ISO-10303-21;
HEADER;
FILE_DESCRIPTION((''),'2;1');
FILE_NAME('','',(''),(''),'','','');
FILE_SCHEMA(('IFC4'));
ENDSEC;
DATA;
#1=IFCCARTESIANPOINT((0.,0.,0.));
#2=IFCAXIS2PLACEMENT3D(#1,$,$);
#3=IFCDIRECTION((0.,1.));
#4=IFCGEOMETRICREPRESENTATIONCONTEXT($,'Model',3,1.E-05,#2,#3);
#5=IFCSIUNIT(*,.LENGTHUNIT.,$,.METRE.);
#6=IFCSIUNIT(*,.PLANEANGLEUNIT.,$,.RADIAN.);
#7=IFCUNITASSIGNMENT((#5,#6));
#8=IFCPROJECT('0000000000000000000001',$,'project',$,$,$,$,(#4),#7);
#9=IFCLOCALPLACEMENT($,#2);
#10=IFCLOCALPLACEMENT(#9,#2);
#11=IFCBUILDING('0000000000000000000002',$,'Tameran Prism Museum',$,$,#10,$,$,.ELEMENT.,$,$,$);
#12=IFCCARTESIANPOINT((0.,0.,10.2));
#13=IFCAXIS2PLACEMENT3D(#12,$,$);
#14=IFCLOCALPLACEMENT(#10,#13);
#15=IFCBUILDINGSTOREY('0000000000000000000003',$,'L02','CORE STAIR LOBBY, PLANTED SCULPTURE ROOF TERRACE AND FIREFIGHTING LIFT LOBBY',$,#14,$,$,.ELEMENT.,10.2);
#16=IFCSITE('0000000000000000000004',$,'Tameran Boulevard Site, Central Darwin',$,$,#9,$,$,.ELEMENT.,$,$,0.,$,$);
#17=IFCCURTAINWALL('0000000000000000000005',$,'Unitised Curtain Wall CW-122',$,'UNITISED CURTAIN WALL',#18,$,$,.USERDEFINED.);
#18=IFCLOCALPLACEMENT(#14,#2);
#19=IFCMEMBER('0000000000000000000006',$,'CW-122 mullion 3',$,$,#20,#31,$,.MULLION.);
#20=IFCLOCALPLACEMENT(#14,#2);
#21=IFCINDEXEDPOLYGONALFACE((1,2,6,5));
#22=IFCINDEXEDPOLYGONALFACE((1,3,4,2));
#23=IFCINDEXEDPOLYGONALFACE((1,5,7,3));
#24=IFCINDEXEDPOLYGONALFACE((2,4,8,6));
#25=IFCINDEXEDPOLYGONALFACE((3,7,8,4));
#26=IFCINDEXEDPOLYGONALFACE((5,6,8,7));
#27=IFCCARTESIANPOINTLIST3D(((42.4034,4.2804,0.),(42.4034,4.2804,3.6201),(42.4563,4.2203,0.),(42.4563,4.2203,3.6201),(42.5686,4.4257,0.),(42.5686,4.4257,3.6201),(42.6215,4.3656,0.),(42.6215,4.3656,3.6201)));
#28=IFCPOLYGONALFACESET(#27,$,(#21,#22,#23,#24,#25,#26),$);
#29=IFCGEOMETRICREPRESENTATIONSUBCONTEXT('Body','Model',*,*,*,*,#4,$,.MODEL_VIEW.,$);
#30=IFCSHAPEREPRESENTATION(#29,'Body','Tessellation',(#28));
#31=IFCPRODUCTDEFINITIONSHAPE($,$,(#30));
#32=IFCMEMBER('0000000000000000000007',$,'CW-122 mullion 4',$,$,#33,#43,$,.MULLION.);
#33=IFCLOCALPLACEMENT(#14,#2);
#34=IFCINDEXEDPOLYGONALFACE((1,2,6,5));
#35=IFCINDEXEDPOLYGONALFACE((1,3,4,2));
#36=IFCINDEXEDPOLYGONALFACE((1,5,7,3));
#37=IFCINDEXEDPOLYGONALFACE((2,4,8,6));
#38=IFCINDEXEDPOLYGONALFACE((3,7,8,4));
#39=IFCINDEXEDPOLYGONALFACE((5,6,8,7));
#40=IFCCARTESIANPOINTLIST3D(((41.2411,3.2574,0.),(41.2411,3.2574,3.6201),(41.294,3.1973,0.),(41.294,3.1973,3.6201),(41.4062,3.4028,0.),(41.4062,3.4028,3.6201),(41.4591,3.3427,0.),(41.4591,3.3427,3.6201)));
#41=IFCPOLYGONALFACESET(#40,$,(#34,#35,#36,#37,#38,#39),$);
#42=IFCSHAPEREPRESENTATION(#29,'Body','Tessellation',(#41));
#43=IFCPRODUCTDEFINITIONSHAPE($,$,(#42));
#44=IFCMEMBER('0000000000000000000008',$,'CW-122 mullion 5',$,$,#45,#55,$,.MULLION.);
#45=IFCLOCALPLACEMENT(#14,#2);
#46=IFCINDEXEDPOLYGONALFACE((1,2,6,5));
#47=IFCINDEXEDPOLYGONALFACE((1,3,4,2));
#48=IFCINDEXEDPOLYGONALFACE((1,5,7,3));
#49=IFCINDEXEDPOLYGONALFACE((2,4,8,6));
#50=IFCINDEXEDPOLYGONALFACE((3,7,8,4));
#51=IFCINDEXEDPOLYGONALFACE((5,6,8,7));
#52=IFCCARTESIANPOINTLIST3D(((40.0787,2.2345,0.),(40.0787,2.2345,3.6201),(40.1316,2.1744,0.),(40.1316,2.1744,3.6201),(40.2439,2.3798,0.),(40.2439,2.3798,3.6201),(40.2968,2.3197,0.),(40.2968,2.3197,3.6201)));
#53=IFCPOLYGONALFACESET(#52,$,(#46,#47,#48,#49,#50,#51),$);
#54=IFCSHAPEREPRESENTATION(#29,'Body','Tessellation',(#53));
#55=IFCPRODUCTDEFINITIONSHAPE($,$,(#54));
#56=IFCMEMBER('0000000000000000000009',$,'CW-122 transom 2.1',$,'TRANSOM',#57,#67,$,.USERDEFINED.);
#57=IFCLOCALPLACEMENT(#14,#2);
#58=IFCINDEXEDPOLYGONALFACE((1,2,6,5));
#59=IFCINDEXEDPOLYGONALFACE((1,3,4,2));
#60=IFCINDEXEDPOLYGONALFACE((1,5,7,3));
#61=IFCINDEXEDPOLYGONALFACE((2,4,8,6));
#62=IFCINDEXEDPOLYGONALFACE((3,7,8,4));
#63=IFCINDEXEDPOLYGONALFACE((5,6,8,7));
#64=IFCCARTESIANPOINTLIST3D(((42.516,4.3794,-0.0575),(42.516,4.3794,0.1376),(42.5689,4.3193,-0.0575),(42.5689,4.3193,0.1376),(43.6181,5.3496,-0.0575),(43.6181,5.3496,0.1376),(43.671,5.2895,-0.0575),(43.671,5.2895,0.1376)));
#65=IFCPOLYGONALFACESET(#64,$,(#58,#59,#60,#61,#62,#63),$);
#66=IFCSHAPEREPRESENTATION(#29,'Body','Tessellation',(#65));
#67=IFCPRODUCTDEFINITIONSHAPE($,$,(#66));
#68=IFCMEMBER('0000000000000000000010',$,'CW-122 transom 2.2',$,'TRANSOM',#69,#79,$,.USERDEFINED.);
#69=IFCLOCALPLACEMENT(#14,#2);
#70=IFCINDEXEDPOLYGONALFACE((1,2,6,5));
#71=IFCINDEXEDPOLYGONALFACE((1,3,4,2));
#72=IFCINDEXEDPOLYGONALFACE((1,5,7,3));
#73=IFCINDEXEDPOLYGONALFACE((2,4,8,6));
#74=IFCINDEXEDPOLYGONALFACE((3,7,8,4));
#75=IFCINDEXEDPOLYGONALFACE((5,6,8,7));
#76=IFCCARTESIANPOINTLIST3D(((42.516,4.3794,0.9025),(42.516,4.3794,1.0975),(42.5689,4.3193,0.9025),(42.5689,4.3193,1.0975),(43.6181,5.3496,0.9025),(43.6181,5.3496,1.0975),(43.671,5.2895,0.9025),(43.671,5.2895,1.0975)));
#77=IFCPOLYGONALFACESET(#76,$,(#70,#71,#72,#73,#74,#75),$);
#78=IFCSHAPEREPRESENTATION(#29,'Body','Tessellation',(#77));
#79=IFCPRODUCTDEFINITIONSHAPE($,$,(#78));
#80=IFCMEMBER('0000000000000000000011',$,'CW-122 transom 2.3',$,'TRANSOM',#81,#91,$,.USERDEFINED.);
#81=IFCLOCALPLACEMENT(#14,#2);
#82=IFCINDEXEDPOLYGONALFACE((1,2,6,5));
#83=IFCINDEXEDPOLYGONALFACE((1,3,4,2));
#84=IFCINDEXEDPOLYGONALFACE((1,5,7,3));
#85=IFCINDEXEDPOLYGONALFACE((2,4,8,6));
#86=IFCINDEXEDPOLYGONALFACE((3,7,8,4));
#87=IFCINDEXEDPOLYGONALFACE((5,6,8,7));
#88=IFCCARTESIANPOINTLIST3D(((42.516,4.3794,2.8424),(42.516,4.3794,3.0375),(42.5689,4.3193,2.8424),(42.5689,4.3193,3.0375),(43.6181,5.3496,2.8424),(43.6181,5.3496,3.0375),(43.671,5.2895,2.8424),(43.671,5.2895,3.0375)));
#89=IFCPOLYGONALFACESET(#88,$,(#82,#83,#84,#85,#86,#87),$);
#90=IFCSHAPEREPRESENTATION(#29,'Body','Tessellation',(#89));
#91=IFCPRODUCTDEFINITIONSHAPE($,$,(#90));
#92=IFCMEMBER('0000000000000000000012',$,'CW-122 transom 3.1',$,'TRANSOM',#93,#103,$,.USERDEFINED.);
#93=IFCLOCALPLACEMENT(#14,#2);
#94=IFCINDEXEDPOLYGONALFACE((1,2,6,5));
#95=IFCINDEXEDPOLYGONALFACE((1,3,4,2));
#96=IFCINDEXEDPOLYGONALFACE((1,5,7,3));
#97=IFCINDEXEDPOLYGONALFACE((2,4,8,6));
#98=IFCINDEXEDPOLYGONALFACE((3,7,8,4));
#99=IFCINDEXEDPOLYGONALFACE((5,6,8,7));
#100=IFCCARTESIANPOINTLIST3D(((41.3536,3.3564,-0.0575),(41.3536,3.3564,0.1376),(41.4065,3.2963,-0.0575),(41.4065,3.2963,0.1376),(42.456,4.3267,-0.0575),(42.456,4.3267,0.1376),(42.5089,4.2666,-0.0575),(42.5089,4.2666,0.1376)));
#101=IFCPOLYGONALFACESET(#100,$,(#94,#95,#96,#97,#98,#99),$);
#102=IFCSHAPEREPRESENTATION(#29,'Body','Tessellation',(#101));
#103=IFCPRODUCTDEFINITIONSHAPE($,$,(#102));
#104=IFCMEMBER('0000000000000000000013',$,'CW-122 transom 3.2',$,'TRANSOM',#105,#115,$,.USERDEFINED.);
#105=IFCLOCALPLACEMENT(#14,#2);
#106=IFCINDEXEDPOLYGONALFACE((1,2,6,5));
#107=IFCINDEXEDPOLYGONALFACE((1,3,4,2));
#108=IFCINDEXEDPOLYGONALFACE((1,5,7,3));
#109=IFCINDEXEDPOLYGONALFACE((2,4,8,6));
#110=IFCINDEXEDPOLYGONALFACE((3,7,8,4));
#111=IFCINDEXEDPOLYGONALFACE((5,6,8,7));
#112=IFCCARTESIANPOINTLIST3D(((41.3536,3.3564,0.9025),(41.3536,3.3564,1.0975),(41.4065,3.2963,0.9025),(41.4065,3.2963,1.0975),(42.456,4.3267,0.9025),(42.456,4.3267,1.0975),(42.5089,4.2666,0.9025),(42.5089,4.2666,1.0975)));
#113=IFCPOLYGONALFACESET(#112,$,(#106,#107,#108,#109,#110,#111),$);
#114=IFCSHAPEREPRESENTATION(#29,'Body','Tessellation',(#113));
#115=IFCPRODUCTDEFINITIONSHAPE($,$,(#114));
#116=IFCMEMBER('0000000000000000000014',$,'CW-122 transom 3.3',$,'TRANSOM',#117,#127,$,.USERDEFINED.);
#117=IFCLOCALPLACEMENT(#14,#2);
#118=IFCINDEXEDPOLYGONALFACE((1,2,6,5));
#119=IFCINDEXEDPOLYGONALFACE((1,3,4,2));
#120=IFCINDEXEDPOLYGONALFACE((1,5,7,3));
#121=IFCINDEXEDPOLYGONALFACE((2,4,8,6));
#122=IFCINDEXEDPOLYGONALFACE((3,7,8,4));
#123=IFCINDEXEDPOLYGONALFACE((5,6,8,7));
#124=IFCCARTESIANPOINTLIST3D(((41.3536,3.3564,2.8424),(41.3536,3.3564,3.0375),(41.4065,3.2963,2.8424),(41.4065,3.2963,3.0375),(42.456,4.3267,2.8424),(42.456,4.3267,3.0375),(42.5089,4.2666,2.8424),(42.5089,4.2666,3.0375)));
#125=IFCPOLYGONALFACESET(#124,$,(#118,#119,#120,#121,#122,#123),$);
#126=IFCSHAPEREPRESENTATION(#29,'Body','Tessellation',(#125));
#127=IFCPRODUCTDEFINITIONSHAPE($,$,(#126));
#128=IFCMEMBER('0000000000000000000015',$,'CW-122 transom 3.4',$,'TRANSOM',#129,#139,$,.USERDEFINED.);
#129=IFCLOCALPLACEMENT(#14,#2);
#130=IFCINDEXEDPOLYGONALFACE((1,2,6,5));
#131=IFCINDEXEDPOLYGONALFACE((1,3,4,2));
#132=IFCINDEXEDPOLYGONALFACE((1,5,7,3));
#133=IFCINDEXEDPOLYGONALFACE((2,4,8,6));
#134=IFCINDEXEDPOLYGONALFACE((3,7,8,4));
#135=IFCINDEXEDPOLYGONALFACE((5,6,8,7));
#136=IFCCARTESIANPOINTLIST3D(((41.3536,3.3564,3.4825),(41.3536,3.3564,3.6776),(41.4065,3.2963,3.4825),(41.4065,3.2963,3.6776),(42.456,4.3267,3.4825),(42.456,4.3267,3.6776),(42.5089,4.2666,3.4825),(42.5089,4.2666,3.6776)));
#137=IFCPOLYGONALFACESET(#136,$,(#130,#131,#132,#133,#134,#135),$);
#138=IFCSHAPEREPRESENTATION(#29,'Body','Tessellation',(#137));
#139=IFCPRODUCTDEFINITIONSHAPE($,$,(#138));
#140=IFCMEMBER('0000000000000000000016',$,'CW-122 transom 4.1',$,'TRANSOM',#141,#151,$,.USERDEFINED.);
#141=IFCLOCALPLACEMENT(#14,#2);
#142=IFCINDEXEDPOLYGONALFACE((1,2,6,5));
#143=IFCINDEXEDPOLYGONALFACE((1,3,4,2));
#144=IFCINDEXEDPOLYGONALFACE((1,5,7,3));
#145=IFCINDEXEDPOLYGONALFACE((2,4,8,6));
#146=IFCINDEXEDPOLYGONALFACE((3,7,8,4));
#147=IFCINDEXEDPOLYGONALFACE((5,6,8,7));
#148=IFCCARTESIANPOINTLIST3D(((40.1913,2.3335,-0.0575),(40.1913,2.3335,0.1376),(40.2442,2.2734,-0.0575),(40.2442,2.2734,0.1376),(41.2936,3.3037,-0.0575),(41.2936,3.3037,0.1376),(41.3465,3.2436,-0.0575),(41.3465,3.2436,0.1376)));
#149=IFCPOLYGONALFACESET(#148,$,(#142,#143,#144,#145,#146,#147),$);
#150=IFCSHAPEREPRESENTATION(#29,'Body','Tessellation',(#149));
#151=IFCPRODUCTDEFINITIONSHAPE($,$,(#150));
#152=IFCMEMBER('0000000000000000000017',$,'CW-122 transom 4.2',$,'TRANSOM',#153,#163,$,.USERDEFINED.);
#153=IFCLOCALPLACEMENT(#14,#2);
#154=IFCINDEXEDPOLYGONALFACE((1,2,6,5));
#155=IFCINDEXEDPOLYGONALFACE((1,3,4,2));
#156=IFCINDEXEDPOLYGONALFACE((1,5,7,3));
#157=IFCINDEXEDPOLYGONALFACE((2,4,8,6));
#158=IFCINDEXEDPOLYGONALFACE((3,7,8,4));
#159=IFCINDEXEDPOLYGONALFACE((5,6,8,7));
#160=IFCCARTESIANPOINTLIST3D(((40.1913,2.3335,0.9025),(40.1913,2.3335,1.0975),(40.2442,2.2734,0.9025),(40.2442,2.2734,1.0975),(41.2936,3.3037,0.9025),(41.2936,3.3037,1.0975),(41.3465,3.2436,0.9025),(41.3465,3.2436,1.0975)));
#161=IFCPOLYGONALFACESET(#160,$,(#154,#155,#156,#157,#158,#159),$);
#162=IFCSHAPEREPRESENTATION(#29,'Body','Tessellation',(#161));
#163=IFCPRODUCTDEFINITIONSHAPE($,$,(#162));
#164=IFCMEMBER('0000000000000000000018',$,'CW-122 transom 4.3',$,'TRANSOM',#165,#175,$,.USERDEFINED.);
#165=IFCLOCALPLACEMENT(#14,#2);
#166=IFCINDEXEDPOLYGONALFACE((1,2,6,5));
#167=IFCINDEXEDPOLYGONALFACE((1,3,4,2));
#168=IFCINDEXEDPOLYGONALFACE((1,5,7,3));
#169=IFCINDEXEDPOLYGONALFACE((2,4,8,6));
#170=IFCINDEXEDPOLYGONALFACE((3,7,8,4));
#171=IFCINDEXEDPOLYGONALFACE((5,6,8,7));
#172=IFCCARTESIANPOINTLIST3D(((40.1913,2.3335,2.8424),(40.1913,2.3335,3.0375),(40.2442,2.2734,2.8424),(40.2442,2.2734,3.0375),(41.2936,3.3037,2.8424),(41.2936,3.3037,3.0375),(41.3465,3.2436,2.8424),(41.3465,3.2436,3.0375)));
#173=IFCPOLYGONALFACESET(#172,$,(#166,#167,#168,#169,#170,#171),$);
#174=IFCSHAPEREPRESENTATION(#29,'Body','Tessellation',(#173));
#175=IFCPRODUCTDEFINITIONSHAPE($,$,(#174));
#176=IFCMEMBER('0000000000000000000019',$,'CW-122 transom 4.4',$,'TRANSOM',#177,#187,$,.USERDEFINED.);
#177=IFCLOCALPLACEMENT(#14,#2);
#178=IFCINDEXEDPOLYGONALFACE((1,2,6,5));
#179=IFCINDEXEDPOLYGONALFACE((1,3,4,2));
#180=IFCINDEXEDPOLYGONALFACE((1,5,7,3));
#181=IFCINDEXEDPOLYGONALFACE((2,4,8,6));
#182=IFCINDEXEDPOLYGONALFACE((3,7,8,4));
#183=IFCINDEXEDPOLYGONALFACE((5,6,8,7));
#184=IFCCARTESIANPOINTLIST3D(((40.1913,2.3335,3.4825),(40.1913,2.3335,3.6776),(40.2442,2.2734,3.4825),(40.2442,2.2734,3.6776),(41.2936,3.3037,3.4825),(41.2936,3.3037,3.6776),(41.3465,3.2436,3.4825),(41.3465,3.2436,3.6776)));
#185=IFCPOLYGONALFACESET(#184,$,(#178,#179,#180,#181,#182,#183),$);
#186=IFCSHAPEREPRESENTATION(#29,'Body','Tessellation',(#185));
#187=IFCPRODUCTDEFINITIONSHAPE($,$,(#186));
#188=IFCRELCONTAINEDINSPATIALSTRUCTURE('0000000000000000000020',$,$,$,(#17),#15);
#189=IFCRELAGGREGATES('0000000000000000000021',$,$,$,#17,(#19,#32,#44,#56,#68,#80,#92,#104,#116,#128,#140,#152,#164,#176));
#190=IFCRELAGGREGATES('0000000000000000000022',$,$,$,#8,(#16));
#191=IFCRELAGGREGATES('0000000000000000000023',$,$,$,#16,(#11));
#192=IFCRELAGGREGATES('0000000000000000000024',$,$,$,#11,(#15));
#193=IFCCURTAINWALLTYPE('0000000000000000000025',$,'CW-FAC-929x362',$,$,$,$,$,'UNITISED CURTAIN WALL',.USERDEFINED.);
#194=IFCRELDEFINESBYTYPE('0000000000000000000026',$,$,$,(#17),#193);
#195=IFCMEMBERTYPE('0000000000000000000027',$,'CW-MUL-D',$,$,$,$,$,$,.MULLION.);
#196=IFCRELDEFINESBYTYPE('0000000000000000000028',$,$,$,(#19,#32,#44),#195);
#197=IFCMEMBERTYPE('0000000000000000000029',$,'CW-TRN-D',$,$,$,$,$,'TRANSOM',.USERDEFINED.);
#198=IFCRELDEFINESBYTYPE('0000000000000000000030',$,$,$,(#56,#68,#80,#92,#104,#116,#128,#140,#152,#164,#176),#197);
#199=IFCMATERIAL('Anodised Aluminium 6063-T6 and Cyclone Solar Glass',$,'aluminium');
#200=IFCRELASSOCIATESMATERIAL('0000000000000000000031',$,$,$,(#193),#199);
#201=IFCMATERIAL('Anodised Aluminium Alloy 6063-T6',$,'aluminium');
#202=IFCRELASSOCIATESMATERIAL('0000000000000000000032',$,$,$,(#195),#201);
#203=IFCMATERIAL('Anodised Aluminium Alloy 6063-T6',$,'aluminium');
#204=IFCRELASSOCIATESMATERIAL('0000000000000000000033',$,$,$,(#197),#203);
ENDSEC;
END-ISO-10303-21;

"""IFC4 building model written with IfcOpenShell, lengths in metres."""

from ifc_helpers import new_model, si_unit, direction, frame, origin, origin_2d, place, context, subcontext, project, spatial, rectangle, extrude, material, material_profile, profile_set, type_object, element, aggregate, save


model = new_model("IFC4")

# Units and contexts
model_context = context("Model", 3, precision=1e-05, world=origin(), true_north=direction((0.0, 1.0)))
body_context = subcontext(model_context, "Body", "Model", "MODEL_VIEW")
ifc_project = project(units=[si_unit("LENGTHUNIT", "METRE"), si_unit("PLANEANGLEUNIT", "RADIAN")], contexts=[model_context])

# Site, building, storey
site_placement = place(None, origin())
site = spatial("IfcSite", under=ifc_project, at=site_placement, Name="Tameran Boulevard Site, Central Darwin", CompositionType="ELEMENT", RefElevation=0.0)
building_placement = place(site_placement, origin())
building = spatial("IfcBuilding", under=site, at=building_placement, Name="Tameran Prism Museum", CompositionType="ELEMENT")
storey_placement = place(building_placement, frame((0.0, 0.0, 10.2)))
storey = spatial("IfcBuildingStorey", under=building, at=storey_placement, Name="L02", Description="CORE STAIR LOBBY, PLANTED SCULPTURE ROOF TERRACE AND FIREFIGHTING LIFT LOBBY", CompositionType="ELEMENT", Elevation=10.2)

# Curtain wall, members
ifc_material_1 = material(Name="Anodised Aluminium 6063-T6 and Cyclone Solar Glass", Category="aluminium")
curtain_wall_type = type_object("IfcCurtainWallType", Name="CW-FAC-929x362", ElementType="UNITISED CURTAIN WALL", PredefinedType="USERDEFINED", material=ifc_material_1)
curtain_wall_placement = place(storey_placement, origin())
curtain_wall = element("IfcCurtainWall", 1, at=curtain_wall_placement, inside=storey, type_object=curtain_wall_type, Name="Unitised Curtain Wall CW-122", ObjectType="UNITISED CURTAIN WALL", PredefinedType="USERDEFINED")
ifc_material_2 = material(Name="Anodised Aluminium Alloy 6063-T6", Category="aluminium")
ifc_material_profile_1 = material_profile(ifc_material_2, rectangle(XDim=0.0801, YDim=0.22, at=origin_2d()))
ifc_profile_set_1 = profile_set([ifc_material_profile_1])
member_type_1 = type_object("IfcMemberType", Name="CW-MUL-D", PredefinedType="MULLION", material=ifc_profile_set_1)
member_1_placement = place(storey_placement, frame((42.5125, 4.323, 0.0), z_axis=(0.0, 0.0, 1.0), x_axis=(0.660681, -0.750667, 0.0)))
member_1 = element("IfcMember", 2, at=member_1_placement, type_object=member_type_1, Name="CW-122 mullion 3", PredefinedType="MULLION", context=body_context, shape_type="SweptSolid", body=[
    extrude(rectangle(XDim=0.0801, YDim=0.22, at=origin_2d()), origin(), (0.0, 0.0, 1.0), 3.6201),
])
member_2_placement = place(storey_placement, frame((41.3501, 3.3, 0.0), z_axis=(0.0, 0.0, 1.0), x_axis=(0.660681, -0.750667, 0.0)))
member_2 = element("IfcMember", 3, at=member_2_placement, type_object=member_type_1, Name="CW-122 mullion 4", PredefinedType="MULLION", context=body_context, shape_type="SweptSolid", body=[
    extrude(rectangle(XDim=0.0801, YDim=0.22, at=origin_2d()), origin(), (0.0, 0.0, 1.0), 3.6201),
])
member_3_placement = place(storey_placement, frame((40.1877, 2.2771, 0.0), z_axis=(0.0, 0.0, 1.0), x_axis=(0.660681, -0.750667, 0.0)))
member_3 = element("IfcMember", 4, at=member_3_placement, type_object=member_type_1, Name="CW-122 mullion 5", PredefinedType="MULLION", context=body_context, shape_type="SweptSolid", body=[
    extrude(rectangle(XDim=0.0801, YDim=0.22, at=origin_2d()), origin(), (0.0, 0.0, 1.0), 3.6201),
])
ifc_material_3 = material(Name="Anodised Aluminium Alloy 6063-T6", Category="aluminium")
ifc_material_profile_2 = material_profile(ifc_material_3, rectangle(XDim=0.0801, YDim=0.1951, at=origin_2d()))
ifc_profile_set_2 = profile_set([ifc_material_profile_2])
member_type_2 = type_object("IfcMemberType", Name="CW-TRN-D", ElementType="TRANSOM", PredefinedType="USERDEFINED", material=ifc_profile_set_2)
member_4_placement = place(storey_placement, frame((43.6445, 5.3196, 0.04), z_axis=(-0.750575, -0.660785, 0.0), x_axis=(0.660785, -0.750575, 0.0)))
member_4 = element("IfcMember", 5, at=member_4_placement, type_object=member_type_2, Name="CW-122 transom 2.1", ObjectType="TRANSOM", PredefinedType="USERDEFINED", context=body_context, shape_type="SweptSolid", body=[
    extrude(rectangle(XDim=0.0801, YDim=0.1951, at=origin_2d()), origin(), (0.0, 0.0, 1.0), 1.4683),
])
member_5_placement = place(storey_placement, frame((43.6445, 5.3196, 1.0), z_axis=(-0.750575, -0.660785, 0.0), x_axis=(0.660785, -0.750575, 0.0)))
member_5 = element("IfcMember", 6, at=member_5_placement, type_object=member_type_2, Name="CW-122 transom 2.2", ObjectType="TRANSOM", PredefinedType="USERDEFINED", context=body_context, shape_type="SweptSolid", body=[
    extrude(rectangle(XDim=0.0801, YDim=0.1951, at=origin_2d()), origin(), (0.0, 0.0, 1.0), 1.4683),
])
member_6_placement = place(storey_placement, frame((43.6445, 5.3196, 2.9399), z_axis=(-0.750575, -0.660785, 0.0), x_axis=(0.660785, -0.750575, 0.0)))
member_6 = element("IfcMember", 7, at=member_6_placement, type_object=member_type_2, Name="CW-122 transom 2.3", ObjectType="TRANSOM", PredefinedType="USERDEFINED", context=body_context, shape_type="SweptSolid", body=[
    extrude(rectangle(XDim=0.0801, YDim=0.1951, at=origin_2d()), origin(), (0.0, 0.0, 1.0), 1.4683),
])
member_7_placement = place(storey_placement, frame((42.4824, 4.2966, 0.04), z_axis=(-0.750648, -0.660703, 0.0), x_axis=(0.660703, -0.750648, 0.0)))
member_7 = element("IfcMember", 8, at=member_7_placement, type_object=member_type_2, Name="CW-122 transom 3.1", ObjectType="TRANSOM", PredefinedType="USERDEFINED", context=body_context, shape_type="SweptSolid", body=[
    extrude(rectangle(XDim=0.0801, YDim=0.1951, at=origin_2d()), origin(), (0.0, 0.0, 1.0), 1.4685),
])
member_8_placement = place(storey_placement, frame((42.4824, 4.2966, 1.0), z_axis=(-0.750648, -0.660703, 0.0), x_axis=(0.660703, -0.750648, 0.0)))
member_8 = element("IfcMember", 9, at=member_8_placement, type_object=member_type_2, Name="CW-122 transom 3.2", ObjectType="TRANSOM", PredefinedType="USERDEFINED", context=body_context, shape_type="SweptSolid", body=[
    extrude(rectangle(XDim=0.0801, YDim=0.1951, at=origin_2d()), origin(), (0.0, 0.0, 1.0), 1.4685),
])
member_9_placement = place(storey_placement, frame((42.4824, 4.2966, 2.9399), z_axis=(-0.750648, -0.660703, 0.0), x_axis=(0.660703, -0.750648, 0.0)))
member_9 = element("IfcMember", 10, at=member_9_placement, type_object=member_type_2, Name="CW-122 transom 3.3", ObjectType="TRANSOM", PredefinedType="USERDEFINED", context=body_context, shape_type="SweptSolid", body=[
    extrude(rectangle(XDim=0.0801, YDim=0.1951, at=origin_2d()), origin(), (0.0, 0.0, 1.0), 1.4685),
])
member_10_placement = place(storey_placement, frame((42.4824, 4.2966, 3.5801), z_axis=(-0.750648, -0.660703, 0.0), x_axis=(0.660703, -0.750648, 0.0)))
member_10 = element("IfcMember", 11, at=member_10_placement, type_object=member_type_2, Name="CW-122 transom 3.4", ObjectType="TRANSOM", PredefinedType="USERDEFINED", context=body_context, shape_type="SweptSolid", body=[
    extrude(rectangle(XDim=0.0801, YDim=0.1951, at=origin_2d()), origin(), (0.0, 0.0, 1.0), 1.4685),
])
member_11_placement = place(storey_placement, frame((41.3201, 3.2737, 0.04), z_axis=(-0.750648, -0.660703, 0.0), x_axis=(0.660703, -0.750648, 0.0)))
member_11 = element("IfcMember", 12, at=member_11_placement, type_object=member_type_2, Name="CW-122 transom 4.1", ObjectType="TRANSOM", PredefinedType="USERDEFINED", context=body_context, shape_type="SweptSolid", body=[
    extrude(rectangle(XDim=0.0801, YDim=0.1951, at=origin_2d()), origin(), (0.0, 0.0, 1.0), 1.4685),
])
member_12_placement = place(storey_placement, frame((41.3201, 3.2737, 1.0), z_axis=(-0.750648, -0.660703, 0.0), x_axis=(0.660703, -0.750648, 0.0)))
member_12 = element("IfcMember", 13, at=member_12_placement, type_object=member_type_2, Name="CW-122 transom 4.2", ObjectType="TRANSOM", PredefinedType="USERDEFINED", context=body_context, shape_type="SweptSolid", body=[
    extrude(rectangle(XDim=0.0801, YDim=0.1951, at=origin_2d()), origin(), (0.0, 0.0, 1.0), 1.4685),
])
member_13_placement = place(storey_placement, frame((41.3201, 3.2737, 2.9399), z_axis=(-0.750648, -0.660703, 0.0), x_axis=(0.660703, -0.750648, 0.0)))
member_13 = element("IfcMember", 14, at=member_13_placement, type_object=member_type_2, Name="CW-122 transom 4.3", ObjectType="TRANSOM", PredefinedType="USERDEFINED", context=body_context, shape_type="SweptSolid", body=[
    extrude(rectangle(XDim=0.0801, YDim=0.1951, at=origin_2d()), origin(), (0.0, 0.0, 1.0), 1.4685),
])
member_14_placement = place(storey_placement, frame((41.3201, 3.2737, 3.5801), z_axis=(-0.750648, -0.660703, 0.0), x_axis=(0.660703, -0.750648, 0.0)))
member_14 = element("IfcMember", 15, at=member_14_placement, type_object=member_type_2, Name="CW-122 transom 4.4", ObjectType="TRANSOM", PredefinedType="USERDEFINED", context=body_context, shape_type="SweptSolid", body=[
    extrude(rectangle(XDim=0.0801, YDim=0.1951, at=origin_2d()), origin(), (0.0, 0.0, 1.0), 1.4685),
])
aggregate(curtain_wall, [member_1, member_2, member_3, member_4, member_5, member_6, member_7, member_8, member_9, member_10, member_11, member_12, member_13, member_14])

save(model, "model.ifc")
